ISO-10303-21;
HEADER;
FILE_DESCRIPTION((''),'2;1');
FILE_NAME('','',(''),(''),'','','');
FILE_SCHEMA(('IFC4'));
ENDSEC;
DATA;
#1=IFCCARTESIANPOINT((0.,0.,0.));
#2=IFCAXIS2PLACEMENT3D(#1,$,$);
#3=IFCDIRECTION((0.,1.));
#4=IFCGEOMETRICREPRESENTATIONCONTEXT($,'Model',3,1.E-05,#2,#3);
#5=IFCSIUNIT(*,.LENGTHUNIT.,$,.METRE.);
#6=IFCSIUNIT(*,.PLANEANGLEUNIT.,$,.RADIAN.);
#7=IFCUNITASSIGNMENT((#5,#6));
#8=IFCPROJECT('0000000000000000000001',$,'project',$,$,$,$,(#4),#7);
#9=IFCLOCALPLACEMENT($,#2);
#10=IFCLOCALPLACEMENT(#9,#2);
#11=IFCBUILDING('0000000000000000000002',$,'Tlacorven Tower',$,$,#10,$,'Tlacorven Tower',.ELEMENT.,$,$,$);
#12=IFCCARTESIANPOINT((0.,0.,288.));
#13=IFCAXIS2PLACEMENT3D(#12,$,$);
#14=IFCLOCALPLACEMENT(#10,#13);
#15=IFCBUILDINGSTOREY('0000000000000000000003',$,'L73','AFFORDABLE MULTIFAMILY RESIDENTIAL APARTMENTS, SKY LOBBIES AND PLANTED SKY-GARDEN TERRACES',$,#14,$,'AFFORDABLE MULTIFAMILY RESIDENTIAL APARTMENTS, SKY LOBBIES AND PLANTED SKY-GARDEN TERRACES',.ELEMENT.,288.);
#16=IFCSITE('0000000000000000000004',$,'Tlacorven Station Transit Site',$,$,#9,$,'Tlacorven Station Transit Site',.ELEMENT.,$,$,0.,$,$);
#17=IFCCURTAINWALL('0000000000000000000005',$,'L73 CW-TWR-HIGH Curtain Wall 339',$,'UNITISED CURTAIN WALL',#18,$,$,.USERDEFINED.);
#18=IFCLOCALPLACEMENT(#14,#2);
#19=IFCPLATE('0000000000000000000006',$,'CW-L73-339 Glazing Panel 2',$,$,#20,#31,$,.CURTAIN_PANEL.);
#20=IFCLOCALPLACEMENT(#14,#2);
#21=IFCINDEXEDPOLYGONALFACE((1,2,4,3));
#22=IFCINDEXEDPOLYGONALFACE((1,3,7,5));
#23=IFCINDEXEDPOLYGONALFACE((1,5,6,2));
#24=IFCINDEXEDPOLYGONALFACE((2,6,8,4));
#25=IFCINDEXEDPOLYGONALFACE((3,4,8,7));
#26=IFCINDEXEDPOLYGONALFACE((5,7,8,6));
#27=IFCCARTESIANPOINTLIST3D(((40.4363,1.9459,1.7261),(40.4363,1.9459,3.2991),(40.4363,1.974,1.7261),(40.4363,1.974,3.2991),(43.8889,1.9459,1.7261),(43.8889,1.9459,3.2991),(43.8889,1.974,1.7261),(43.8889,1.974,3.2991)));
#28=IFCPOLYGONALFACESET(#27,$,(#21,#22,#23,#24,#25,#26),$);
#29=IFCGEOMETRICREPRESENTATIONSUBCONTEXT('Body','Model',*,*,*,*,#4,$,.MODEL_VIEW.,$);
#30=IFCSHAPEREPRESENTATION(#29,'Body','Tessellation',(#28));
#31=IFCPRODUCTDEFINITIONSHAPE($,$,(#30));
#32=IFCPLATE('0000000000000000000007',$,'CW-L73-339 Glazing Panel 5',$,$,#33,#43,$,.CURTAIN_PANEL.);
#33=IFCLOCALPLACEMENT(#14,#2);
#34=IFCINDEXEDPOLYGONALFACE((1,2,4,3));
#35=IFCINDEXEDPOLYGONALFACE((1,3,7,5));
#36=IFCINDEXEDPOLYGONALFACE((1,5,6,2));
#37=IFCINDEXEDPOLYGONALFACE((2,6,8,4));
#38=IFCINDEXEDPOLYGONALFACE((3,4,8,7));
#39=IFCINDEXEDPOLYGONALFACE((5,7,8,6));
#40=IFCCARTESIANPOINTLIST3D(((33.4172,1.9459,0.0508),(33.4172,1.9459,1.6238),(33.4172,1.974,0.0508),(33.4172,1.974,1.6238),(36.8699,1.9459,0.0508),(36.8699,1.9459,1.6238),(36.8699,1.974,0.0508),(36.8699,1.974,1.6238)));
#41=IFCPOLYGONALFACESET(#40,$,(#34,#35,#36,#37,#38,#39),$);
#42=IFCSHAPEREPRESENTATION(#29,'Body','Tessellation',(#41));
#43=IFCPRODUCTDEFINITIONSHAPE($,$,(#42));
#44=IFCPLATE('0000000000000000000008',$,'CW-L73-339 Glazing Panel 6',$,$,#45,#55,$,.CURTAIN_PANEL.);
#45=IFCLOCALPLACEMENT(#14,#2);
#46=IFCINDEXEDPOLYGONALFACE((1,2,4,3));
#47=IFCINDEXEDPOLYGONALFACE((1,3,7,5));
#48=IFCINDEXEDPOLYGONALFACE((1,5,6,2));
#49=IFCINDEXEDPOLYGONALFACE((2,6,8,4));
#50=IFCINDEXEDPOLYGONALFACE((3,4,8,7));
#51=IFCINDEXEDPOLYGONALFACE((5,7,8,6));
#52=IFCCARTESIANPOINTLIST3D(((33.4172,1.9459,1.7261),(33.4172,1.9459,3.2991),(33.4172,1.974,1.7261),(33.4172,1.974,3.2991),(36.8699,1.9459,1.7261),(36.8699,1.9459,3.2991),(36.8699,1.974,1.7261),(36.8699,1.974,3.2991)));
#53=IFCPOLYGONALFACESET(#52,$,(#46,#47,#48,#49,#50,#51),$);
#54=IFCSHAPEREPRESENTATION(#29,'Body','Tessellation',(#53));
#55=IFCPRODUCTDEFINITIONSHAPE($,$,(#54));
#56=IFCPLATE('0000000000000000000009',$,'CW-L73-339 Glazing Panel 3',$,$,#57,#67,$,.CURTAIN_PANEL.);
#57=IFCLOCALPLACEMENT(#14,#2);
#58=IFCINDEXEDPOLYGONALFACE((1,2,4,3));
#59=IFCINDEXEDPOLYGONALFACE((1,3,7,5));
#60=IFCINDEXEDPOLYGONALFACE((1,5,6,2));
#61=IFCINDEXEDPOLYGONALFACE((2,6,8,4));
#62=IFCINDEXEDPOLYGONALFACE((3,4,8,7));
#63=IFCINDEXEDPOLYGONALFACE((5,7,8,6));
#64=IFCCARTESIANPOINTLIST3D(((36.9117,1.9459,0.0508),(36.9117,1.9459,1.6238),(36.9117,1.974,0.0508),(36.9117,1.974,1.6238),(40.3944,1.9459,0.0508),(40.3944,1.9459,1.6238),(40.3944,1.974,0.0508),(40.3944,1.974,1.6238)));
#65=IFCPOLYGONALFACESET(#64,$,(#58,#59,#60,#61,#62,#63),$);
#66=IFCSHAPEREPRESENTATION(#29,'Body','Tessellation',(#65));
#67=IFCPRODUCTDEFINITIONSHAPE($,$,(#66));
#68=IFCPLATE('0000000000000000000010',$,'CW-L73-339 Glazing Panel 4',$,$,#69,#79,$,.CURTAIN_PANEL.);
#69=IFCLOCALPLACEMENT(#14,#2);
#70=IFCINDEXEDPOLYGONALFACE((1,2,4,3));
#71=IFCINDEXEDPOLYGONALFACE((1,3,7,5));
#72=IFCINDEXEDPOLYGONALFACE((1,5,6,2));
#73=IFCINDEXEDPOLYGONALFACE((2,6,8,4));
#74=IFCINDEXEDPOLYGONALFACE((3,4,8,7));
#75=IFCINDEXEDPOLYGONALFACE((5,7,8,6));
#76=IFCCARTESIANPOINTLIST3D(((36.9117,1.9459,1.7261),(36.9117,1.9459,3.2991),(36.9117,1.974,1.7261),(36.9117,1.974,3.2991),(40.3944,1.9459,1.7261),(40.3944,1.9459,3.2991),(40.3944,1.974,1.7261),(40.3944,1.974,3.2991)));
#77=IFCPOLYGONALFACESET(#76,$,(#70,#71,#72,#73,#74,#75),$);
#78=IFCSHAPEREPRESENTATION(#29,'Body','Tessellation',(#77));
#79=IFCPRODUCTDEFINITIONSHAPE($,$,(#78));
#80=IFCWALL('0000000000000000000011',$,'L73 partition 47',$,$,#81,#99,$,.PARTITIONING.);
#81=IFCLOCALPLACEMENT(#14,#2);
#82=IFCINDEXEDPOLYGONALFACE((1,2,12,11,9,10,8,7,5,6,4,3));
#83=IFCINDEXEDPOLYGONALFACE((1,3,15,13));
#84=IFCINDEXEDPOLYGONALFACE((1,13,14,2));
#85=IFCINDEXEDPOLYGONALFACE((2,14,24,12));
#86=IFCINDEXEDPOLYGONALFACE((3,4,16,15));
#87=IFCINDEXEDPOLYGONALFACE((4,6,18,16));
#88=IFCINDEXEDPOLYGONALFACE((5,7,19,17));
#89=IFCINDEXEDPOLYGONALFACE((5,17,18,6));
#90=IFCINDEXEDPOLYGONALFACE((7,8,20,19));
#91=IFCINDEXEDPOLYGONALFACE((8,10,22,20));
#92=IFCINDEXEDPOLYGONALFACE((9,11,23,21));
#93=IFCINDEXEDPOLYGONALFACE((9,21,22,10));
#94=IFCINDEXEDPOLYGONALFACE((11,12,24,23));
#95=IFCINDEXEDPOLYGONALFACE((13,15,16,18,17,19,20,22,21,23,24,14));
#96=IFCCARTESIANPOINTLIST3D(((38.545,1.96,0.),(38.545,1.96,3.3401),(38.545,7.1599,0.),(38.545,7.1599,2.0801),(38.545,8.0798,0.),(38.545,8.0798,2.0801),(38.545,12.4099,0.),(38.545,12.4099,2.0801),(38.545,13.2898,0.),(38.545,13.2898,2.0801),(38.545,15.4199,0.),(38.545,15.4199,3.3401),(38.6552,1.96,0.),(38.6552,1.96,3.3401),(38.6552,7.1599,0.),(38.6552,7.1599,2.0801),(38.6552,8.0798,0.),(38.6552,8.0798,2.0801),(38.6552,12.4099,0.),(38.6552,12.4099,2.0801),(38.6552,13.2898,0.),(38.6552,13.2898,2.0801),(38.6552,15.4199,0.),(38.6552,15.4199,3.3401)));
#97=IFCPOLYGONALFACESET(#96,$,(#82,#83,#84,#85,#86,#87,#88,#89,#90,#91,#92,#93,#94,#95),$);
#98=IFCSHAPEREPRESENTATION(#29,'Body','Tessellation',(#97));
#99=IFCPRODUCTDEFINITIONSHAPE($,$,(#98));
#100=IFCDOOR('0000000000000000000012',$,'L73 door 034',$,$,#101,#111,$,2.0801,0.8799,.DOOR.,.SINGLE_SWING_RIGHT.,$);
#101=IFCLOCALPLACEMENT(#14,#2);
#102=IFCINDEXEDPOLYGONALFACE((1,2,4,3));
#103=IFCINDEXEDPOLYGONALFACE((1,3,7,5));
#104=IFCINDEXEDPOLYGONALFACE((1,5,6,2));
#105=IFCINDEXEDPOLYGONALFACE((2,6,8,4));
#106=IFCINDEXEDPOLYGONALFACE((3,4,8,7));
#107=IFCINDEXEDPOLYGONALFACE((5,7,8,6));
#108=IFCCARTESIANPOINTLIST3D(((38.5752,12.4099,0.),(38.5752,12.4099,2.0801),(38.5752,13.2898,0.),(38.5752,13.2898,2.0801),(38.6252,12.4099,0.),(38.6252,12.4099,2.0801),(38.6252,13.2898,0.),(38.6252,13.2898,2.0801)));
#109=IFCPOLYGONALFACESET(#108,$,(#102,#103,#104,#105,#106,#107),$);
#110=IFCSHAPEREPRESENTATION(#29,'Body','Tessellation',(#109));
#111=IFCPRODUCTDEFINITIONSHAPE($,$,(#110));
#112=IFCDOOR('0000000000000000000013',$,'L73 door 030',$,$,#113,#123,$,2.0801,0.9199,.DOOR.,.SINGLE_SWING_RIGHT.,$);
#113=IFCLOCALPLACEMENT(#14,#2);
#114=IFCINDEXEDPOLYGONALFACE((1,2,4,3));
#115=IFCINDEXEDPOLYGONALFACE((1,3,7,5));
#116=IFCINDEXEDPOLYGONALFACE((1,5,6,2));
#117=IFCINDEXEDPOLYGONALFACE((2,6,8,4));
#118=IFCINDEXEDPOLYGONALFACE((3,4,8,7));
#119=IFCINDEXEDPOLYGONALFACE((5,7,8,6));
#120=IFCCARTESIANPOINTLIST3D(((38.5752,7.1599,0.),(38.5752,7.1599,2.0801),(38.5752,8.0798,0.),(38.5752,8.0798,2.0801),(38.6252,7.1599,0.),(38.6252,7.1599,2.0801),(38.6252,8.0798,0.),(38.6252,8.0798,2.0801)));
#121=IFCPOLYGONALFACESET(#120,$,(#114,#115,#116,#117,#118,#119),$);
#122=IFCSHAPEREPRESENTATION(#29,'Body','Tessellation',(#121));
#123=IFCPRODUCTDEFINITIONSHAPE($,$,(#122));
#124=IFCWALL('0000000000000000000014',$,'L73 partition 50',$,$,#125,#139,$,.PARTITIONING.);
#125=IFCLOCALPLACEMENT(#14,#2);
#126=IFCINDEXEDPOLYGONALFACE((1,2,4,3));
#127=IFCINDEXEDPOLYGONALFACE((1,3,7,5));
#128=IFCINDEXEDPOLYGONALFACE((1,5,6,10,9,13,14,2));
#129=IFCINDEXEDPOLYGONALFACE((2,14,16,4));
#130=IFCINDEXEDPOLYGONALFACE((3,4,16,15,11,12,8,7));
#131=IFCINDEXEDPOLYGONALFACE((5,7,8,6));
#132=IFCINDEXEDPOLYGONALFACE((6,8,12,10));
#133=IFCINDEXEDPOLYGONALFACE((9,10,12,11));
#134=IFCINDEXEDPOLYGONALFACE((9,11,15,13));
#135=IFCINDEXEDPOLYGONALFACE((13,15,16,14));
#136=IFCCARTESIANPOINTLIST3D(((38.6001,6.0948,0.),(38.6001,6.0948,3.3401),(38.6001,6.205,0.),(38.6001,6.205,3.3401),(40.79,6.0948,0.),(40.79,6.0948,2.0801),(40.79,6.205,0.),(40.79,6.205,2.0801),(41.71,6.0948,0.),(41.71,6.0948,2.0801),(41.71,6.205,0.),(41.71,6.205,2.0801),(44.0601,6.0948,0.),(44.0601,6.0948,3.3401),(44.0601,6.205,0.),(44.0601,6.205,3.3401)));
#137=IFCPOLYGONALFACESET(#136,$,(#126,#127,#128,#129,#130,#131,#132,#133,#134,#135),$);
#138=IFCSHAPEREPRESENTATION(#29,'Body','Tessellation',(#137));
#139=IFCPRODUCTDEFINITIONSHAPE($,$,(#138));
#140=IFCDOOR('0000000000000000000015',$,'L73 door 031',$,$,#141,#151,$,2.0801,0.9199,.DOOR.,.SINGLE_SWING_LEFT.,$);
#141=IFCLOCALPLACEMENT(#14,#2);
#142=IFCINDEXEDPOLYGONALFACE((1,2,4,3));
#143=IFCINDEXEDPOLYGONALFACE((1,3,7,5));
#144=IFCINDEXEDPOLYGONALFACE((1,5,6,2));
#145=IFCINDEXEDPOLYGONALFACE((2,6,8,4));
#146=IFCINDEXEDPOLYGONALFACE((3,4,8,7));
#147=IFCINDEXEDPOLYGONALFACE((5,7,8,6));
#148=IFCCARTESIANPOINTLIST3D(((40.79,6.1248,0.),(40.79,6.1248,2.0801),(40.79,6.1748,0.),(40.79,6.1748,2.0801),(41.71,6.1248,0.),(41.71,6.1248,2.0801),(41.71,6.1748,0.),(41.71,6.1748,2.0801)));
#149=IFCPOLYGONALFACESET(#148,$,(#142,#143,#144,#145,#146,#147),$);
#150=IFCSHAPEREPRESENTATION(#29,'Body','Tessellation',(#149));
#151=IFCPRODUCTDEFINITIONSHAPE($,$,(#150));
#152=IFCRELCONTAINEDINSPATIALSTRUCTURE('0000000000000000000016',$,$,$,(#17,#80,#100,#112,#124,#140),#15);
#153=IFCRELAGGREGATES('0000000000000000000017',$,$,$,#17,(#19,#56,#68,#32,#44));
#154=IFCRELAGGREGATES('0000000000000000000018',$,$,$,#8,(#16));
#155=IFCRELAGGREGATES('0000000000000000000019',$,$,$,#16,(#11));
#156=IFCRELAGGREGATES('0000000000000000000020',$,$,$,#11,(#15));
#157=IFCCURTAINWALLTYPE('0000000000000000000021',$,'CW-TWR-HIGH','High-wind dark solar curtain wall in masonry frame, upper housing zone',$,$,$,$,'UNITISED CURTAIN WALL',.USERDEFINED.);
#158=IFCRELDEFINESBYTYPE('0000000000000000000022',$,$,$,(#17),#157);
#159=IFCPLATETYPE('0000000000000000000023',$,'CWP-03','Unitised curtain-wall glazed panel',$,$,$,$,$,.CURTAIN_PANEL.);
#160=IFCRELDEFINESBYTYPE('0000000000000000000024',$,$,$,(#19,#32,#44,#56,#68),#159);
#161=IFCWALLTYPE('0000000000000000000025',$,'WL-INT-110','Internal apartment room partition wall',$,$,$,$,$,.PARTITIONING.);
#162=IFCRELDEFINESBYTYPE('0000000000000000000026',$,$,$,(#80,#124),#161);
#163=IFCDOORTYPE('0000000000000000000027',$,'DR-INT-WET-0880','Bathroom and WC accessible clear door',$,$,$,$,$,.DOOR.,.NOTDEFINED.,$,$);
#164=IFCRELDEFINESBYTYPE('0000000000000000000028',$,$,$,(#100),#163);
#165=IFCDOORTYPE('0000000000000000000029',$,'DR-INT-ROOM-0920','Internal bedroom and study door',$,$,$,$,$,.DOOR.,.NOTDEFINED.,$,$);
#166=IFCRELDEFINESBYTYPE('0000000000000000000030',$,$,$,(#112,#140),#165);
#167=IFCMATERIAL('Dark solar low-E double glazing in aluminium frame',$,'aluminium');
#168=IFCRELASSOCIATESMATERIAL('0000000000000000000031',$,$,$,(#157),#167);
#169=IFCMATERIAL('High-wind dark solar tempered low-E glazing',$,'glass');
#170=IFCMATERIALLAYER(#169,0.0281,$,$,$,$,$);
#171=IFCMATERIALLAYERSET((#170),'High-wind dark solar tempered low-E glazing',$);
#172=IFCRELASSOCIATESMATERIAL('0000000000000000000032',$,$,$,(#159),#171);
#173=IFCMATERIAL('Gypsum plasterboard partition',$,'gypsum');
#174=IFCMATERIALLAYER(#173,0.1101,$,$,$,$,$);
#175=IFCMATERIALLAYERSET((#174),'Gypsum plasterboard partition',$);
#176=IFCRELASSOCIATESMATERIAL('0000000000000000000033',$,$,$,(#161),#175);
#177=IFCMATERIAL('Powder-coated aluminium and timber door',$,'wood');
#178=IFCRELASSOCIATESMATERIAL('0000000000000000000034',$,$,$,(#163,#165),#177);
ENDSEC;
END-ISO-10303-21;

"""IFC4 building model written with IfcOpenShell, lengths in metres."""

from ifc_helpers import new_model, si_unit, direction, frame, frame_2d, origin, origin_2d, place, context, subcontext, project, spatial, rectangle, extrude, source, transform, mapped, material, layer, layer_set, type_object, element, fill, aggregate, save


model = new_model("IFC4")

# Units and contexts
model_context = context("Model", 3, precision=1e-05, world=origin(), true_north=direction((0.0, 1.0)))
body_context = subcontext(model_context, "Body", "Model", "MODEL_VIEW")
ifc_project = project(units=[si_unit("LENGTHUNIT", "METRE"), si_unit("PLANEANGLEUNIT", "RADIAN")], contexts=[model_context])

# Site, building, storey
site_placement = place(None, origin())
site = spatial("IfcSite", under=ifc_project, at=site_placement, Name="Tlacorven Station Transit Site", LongName="Tlacorven Station Transit Site", CompositionType="ELEMENT", RefElevation=0.0)
building_placement = place(site_placement, origin())
building = spatial("IfcBuilding", under=site, at=building_placement, Name="Tlacorven Tower", LongName="Tlacorven Tower", CompositionType="ELEMENT")
storey_placement = place(building_placement, frame((0.0, 0.0, 288.0)))
storey = spatial("IfcBuildingStorey", under=building, at=storey_placement, Name="L73", Description="AFFORDABLE MULTIFAMILY RESIDENTIAL APARTMENTS, SKY LOBBIES AND PLANTED SKY-GARDEN TERRACES", LongName="AFFORDABLE MULTIFAMILY RESIDENTIAL APARTMENTS, SKY LOBBIES AND PLANTED SKY-GARDEN TERRACES", CompositionType="ELEMENT", Elevation=288.0)

# Curtain wall
ifc_material_1 = material(Name="Dark solar low-E double glazing in aluminium frame", Category="aluminium")
curtain_wall_type = type_object("IfcCurtainWallType", Name="CW-TWR-HIGH", Description="High-wind dark solar curtain wall in masonry frame, upper housing zone", ElementType="UNITISED CURTAIN WALL", PredefinedType="USERDEFINED", material=ifc_material_1)
curtain_wall_1_placement = place(storey_placement, origin())
curtain_wall_1 = element("IfcCurtainWall", 1, at=curtain_wall_1_placement, inside=storey, type_object=curtain_wall_type, Name="L73 CW-TWR-HIGH Curtain Wall 339", ObjectType="UNITISED CURTAIN WALL", PredefinedType="USERDEFINED")

# Plates
ifc_material_2 = material(Name="High-wind dark solar tempered low-E glazing", Category="glass")
ifc_layer_1 = layer(ifc_material_2, 0.0281)
ifc_layer_set_1 = layer_set([ifc_layer_1], Name="High-wind dark solar tempered low-E glazing")
plate_type = type_object("IfcPlateType", Name="CWP-03", Description="Unitised curtain-wall glazed panel", PredefinedType="CURTAIN_PANEL", material=ifc_layer_set_1)
shared_shape_1 = source(origin(), body_context, "Body", "SweptSolid", [
    extrude(rectangle(XDim=3.4526, YDim=0.0281, at=origin_2d()), origin(), (0.0, 0.0, 1.0), 1.573),
])
plate_1_placement = place(storey_placement, frame((42.1626, 1.96, 1.7261), z_axis=(0.0, 0.0, 1.0), x_axis=(-1.0, 0.0, 0.0)))
plate_1 = element("IfcPlate", 2, at=plate_1_placement, type_object=plate_type, Name="CW-L73-339 Glazing Panel 2", PredefinedType="CURTAIN_PANEL", context=body_context, shape_type="MappedRepresentation", body=[
    mapped(shared_shape_1, transform((0.0, 0.0, 0.0), scale=1.0)),
])
plate_2_placement = place(storey_placement, frame((35.1436, 1.96, 0.0508), z_axis=(0.0, 0.0, 1.0), x_axis=(-1.0, 0.0, 0.0)))
plate_2 = element("IfcPlate", 3, at=plate_2_placement, type_object=plate_type, Name="CW-L73-339 Glazing Panel 5", PredefinedType="CURTAIN_PANEL", context=body_context, shape_type="MappedRepresentation", body=[
    mapped(shared_shape_1, transform((0.0, 0.0, 0.0), scale=1.0)),
])
plate_3_placement = place(storey_placement, frame((35.1436, 1.96, 1.7261), z_axis=(0.0, 0.0, 1.0), x_axis=(-1.0, 0.0, 0.0)))
plate_3 = element("IfcPlate", 4, at=plate_3_placement, type_object=plate_type, Name="CW-L73-339 Glazing Panel 6", PredefinedType="CURTAIN_PANEL", context=body_context, shape_type="MappedRepresentation", body=[
    mapped(shared_shape_1, transform((0.0, 0.0, 0.0), scale=1.0)),
])
shared_shape_2 = source(origin(), body_context, "Body", "SweptSolid", [
    extrude(rectangle(XDim=3.4827, YDim=0.0281, at=origin_2d()), origin(), (0.0, 0.0, 1.0), 1.573),
])
plate_4_placement = place(storey_placement, frame((38.6531, 1.96, 0.0508), z_axis=(0.0, 0.0, 1.0), x_axis=(-1.0, 0.0, 0.0)))
plate_4 = element("IfcPlate", 5, at=plate_4_placement, type_object=plate_type, Name="CW-L73-339 Glazing Panel 3", PredefinedType="CURTAIN_PANEL", context=body_context, shape_type="MappedRepresentation", body=[
    mapped(shared_shape_2, transform((0.0, 0.0, 0.0), scale=1.0)),
])
plate_5_placement = place(storey_placement, frame((38.6531, 1.96, 1.7261), z_axis=(0.0, 0.0, 1.0), x_axis=(-1.0, 0.0, 0.0)))
plate_5 = element("IfcPlate", 6, at=plate_5_placement, type_object=plate_type, Name="CW-L73-339 Glazing Panel 4", PredefinedType="CURTAIN_PANEL", context=body_context, shape_type="MappedRepresentation", body=[
    mapped(shared_shape_2, transform((0.0, 0.0, 0.0), scale=1.0)),
])
aggregate(curtain_wall_1, [plate_1, plate_4, plate_5, plate_2, plate_3])

# Wall, openings, doors
ifc_material_3 = material(Name="Gypsum plasterboard partition", Category="gypsum")
ifc_layer_2 = layer(ifc_material_3, 0.1101)
ifc_layer_set_2 = layer_set([ifc_layer_2], Name="Gypsum plasterboard partition")
wall_type = type_object("IfcWallType", Name="WL-INT-110", Description="Internal apartment room partition wall", PredefinedType="PARTITIONING", material=ifc_layer_set_2)
wall_1_placement = place(storey_placement, frame((38.6001, 1.96, 0.0), z_axis=(0.0, 0.0, 1.0), x_axis=(0.0, 1.0, 0.0)))
wall_1 = element("IfcWall", 7, at=wall_1_placement, inside=storey, type_object=wall_type, Name="L73 partition 47", PredefinedType="PARTITIONING", context=body_context, shape_type="SweptSolid", body=[
    extrude(rectangle(XDim=13.46, YDim=0.1101, at=frame_2d((6.73, 0.0))), origin(), (0.0, 0.0, 1.0), 3.3401),
])
opening_1_placement = place(wall_1_placement, frame((5.2, 0.0, 0.0)))
opening_1 = element("IfcOpeningElement", 8, at=opening_1_placement, cuts=wall_1, PredefinedType="OPENING", context=body_context, shape_type="SweptSolid", body=[
    extrude(rectangle(XDim=0.9199, YDim=2.0801, at=frame_2d((0.46, 1.04))), frame((0.0, 0.0649, 0.0), z_axis=(0.0, -1.0, 0.0), x_axis=(1.0, 0.0, 0.0)), (0.0, 0.0, 1.0), 0.1301),
])
opening_2_placement = place(wall_1_placement, frame((10.45, 0.0, 0.0)))
opening_2 = element("IfcOpeningElement", 9, at=opening_2_placement, cuts=wall_1, PredefinedType="OPENING", context=body_context, shape_type="SweptSolid", body=[
    extrude(rectangle(XDim=0.8799, YDim=2.0801, at=frame_2d((0.4399, 1.04))), frame((0.0, 0.0649, 0.0), z_axis=(0.0, -1.0, 0.0), x_axis=(1.0, 0.0, 0.0)), (0.0, 0.0, 1.0), 0.1301),
])
ifc_material_4 = material(Name="Powder-coated aluminium and timber door", Category="wood")
door_type_1 = type_object("IfcDoorType", Name="DR-INT-WET-0880", Description="Bathroom and WC accessible clear door", OperationType="NOTDEFINED", PredefinedType="DOOR", material=ifc_material_4)
shared_shape_3 = source(origin(), body_context, "Body", "SweptSolid", [
    extrude(rectangle(XDim=0.8799, YDim=2.0801, at=frame_2d((0.4399, 1.04))), frame((0.0, 0.0249, 0.0), z_axis=(0.0, -1.0, 0.0), x_axis=(1.0, 0.0, 0.0)), (0.0, 0.0, 1.0), 0.05),
])
door_1_placement = place(opening_2_placement, origin())
door_1 = element("IfcDoor", 10, at=door_1_placement, inside=storey, type_object=door_type_1, Name="L73 door 034", OperationType="SINGLE_SWING_RIGHT", OverallHeight=2.0801, OverallWidth=0.8799, PredefinedType="DOOR", context=body_context, shape_type="MappedRepresentation", body=[
    mapped(shared_shape_3, transform((0.0, 0.0, 0.0), scale=1.0)),
])
fill(opening_2, door_1)
door_type_2 = type_object("IfcDoorType", Name="DR-INT-ROOM-0920", Description="Internal bedroom and study door", OperationType="NOTDEFINED", PredefinedType="DOOR", material=ifc_material_4)
shared_shape_4 = source(origin(), body_context, "Body", "SweptSolid", [
    extrude(rectangle(XDim=0.9199, YDim=2.0801, at=frame_2d((0.46, 1.04))), frame((0.0, 0.0249, 0.0), z_axis=(0.0, -1.0, 0.0), x_axis=(1.0, 0.0, 0.0)), (0.0, 0.0, 1.0), 0.05),
])
door_2_placement = place(opening_1_placement, origin())
door_2 = element("IfcDoor", 11, at=door_2_placement, inside=storey, type_object=door_type_2, Name="L73 door 030", OperationType="SINGLE_SWING_RIGHT", OverallHeight=2.0801, OverallWidth=0.9199, PredefinedType="DOOR", context=body_context, shape_type="MappedRepresentation", body=[
    mapped(shared_shape_4, transform((0.0, 0.0, 0.0), scale=1.0)),
])
fill(opening_1, door_2)

# Wall, opening, door
wall_2_placement = place(storey_placement, frame((38.6001, 6.1499, 0.0), z_axis=(0.0, 0.0, 1.0), x_axis=(1.0, 0.0, 0.0)))
wall_2 = element("IfcWall", 12, at=wall_2_placement, inside=storey, type_object=wall_type, Name="L73 partition 50", PredefinedType="PARTITIONING", context=body_context, shape_type="SweptSolid", body=[
    extrude(rectangle(XDim=5.46, YDim=0.1101, at=frame_2d((2.73, 0.0))), origin(), (0.0, 0.0, 1.0), 3.3401),
])
opening_3_placement = place(wall_2_placement, frame((2.1899, 0.0, 0.0)))
opening_3 = element("IfcOpeningElement", 13, at=opening_3_placement, cuts=wall_2, PredefinedType="OPENING", context=body_context, shape_type="SweptSolid", body=[
    extrude(rectangle(XDim=0.9199, YDim=2.0801, at=frame_2d((0.46, 1.04))), frame((0.0, 0.0649, 0.0), z_axis=(0.0, -1.0, 0.0), x_axis=(1.0, 0.0, 0.0)), (0.0, 0.0, 1.0), 0.1301),
])
door_3_placement = place(opening_3_placement, origin())
door_3 = element("IfcDoor", 14, at=door_3_placement, inside=storey, type_object=door_type_2, Name="L73 door 031", OperationType="SINGLE_SWING_LEFT", OverallHeight=2.0801, OverallWidth=0.9199, PredefinedType="DOOR", context=body_context, shape_type="MappedRepresentation", body=[
    mapped(shared_shape_4, transform((0.0, 0.0, 0.0), scale=1.0)),
])
fill(opening_3, door_3)

save(model, "model.ifc")
